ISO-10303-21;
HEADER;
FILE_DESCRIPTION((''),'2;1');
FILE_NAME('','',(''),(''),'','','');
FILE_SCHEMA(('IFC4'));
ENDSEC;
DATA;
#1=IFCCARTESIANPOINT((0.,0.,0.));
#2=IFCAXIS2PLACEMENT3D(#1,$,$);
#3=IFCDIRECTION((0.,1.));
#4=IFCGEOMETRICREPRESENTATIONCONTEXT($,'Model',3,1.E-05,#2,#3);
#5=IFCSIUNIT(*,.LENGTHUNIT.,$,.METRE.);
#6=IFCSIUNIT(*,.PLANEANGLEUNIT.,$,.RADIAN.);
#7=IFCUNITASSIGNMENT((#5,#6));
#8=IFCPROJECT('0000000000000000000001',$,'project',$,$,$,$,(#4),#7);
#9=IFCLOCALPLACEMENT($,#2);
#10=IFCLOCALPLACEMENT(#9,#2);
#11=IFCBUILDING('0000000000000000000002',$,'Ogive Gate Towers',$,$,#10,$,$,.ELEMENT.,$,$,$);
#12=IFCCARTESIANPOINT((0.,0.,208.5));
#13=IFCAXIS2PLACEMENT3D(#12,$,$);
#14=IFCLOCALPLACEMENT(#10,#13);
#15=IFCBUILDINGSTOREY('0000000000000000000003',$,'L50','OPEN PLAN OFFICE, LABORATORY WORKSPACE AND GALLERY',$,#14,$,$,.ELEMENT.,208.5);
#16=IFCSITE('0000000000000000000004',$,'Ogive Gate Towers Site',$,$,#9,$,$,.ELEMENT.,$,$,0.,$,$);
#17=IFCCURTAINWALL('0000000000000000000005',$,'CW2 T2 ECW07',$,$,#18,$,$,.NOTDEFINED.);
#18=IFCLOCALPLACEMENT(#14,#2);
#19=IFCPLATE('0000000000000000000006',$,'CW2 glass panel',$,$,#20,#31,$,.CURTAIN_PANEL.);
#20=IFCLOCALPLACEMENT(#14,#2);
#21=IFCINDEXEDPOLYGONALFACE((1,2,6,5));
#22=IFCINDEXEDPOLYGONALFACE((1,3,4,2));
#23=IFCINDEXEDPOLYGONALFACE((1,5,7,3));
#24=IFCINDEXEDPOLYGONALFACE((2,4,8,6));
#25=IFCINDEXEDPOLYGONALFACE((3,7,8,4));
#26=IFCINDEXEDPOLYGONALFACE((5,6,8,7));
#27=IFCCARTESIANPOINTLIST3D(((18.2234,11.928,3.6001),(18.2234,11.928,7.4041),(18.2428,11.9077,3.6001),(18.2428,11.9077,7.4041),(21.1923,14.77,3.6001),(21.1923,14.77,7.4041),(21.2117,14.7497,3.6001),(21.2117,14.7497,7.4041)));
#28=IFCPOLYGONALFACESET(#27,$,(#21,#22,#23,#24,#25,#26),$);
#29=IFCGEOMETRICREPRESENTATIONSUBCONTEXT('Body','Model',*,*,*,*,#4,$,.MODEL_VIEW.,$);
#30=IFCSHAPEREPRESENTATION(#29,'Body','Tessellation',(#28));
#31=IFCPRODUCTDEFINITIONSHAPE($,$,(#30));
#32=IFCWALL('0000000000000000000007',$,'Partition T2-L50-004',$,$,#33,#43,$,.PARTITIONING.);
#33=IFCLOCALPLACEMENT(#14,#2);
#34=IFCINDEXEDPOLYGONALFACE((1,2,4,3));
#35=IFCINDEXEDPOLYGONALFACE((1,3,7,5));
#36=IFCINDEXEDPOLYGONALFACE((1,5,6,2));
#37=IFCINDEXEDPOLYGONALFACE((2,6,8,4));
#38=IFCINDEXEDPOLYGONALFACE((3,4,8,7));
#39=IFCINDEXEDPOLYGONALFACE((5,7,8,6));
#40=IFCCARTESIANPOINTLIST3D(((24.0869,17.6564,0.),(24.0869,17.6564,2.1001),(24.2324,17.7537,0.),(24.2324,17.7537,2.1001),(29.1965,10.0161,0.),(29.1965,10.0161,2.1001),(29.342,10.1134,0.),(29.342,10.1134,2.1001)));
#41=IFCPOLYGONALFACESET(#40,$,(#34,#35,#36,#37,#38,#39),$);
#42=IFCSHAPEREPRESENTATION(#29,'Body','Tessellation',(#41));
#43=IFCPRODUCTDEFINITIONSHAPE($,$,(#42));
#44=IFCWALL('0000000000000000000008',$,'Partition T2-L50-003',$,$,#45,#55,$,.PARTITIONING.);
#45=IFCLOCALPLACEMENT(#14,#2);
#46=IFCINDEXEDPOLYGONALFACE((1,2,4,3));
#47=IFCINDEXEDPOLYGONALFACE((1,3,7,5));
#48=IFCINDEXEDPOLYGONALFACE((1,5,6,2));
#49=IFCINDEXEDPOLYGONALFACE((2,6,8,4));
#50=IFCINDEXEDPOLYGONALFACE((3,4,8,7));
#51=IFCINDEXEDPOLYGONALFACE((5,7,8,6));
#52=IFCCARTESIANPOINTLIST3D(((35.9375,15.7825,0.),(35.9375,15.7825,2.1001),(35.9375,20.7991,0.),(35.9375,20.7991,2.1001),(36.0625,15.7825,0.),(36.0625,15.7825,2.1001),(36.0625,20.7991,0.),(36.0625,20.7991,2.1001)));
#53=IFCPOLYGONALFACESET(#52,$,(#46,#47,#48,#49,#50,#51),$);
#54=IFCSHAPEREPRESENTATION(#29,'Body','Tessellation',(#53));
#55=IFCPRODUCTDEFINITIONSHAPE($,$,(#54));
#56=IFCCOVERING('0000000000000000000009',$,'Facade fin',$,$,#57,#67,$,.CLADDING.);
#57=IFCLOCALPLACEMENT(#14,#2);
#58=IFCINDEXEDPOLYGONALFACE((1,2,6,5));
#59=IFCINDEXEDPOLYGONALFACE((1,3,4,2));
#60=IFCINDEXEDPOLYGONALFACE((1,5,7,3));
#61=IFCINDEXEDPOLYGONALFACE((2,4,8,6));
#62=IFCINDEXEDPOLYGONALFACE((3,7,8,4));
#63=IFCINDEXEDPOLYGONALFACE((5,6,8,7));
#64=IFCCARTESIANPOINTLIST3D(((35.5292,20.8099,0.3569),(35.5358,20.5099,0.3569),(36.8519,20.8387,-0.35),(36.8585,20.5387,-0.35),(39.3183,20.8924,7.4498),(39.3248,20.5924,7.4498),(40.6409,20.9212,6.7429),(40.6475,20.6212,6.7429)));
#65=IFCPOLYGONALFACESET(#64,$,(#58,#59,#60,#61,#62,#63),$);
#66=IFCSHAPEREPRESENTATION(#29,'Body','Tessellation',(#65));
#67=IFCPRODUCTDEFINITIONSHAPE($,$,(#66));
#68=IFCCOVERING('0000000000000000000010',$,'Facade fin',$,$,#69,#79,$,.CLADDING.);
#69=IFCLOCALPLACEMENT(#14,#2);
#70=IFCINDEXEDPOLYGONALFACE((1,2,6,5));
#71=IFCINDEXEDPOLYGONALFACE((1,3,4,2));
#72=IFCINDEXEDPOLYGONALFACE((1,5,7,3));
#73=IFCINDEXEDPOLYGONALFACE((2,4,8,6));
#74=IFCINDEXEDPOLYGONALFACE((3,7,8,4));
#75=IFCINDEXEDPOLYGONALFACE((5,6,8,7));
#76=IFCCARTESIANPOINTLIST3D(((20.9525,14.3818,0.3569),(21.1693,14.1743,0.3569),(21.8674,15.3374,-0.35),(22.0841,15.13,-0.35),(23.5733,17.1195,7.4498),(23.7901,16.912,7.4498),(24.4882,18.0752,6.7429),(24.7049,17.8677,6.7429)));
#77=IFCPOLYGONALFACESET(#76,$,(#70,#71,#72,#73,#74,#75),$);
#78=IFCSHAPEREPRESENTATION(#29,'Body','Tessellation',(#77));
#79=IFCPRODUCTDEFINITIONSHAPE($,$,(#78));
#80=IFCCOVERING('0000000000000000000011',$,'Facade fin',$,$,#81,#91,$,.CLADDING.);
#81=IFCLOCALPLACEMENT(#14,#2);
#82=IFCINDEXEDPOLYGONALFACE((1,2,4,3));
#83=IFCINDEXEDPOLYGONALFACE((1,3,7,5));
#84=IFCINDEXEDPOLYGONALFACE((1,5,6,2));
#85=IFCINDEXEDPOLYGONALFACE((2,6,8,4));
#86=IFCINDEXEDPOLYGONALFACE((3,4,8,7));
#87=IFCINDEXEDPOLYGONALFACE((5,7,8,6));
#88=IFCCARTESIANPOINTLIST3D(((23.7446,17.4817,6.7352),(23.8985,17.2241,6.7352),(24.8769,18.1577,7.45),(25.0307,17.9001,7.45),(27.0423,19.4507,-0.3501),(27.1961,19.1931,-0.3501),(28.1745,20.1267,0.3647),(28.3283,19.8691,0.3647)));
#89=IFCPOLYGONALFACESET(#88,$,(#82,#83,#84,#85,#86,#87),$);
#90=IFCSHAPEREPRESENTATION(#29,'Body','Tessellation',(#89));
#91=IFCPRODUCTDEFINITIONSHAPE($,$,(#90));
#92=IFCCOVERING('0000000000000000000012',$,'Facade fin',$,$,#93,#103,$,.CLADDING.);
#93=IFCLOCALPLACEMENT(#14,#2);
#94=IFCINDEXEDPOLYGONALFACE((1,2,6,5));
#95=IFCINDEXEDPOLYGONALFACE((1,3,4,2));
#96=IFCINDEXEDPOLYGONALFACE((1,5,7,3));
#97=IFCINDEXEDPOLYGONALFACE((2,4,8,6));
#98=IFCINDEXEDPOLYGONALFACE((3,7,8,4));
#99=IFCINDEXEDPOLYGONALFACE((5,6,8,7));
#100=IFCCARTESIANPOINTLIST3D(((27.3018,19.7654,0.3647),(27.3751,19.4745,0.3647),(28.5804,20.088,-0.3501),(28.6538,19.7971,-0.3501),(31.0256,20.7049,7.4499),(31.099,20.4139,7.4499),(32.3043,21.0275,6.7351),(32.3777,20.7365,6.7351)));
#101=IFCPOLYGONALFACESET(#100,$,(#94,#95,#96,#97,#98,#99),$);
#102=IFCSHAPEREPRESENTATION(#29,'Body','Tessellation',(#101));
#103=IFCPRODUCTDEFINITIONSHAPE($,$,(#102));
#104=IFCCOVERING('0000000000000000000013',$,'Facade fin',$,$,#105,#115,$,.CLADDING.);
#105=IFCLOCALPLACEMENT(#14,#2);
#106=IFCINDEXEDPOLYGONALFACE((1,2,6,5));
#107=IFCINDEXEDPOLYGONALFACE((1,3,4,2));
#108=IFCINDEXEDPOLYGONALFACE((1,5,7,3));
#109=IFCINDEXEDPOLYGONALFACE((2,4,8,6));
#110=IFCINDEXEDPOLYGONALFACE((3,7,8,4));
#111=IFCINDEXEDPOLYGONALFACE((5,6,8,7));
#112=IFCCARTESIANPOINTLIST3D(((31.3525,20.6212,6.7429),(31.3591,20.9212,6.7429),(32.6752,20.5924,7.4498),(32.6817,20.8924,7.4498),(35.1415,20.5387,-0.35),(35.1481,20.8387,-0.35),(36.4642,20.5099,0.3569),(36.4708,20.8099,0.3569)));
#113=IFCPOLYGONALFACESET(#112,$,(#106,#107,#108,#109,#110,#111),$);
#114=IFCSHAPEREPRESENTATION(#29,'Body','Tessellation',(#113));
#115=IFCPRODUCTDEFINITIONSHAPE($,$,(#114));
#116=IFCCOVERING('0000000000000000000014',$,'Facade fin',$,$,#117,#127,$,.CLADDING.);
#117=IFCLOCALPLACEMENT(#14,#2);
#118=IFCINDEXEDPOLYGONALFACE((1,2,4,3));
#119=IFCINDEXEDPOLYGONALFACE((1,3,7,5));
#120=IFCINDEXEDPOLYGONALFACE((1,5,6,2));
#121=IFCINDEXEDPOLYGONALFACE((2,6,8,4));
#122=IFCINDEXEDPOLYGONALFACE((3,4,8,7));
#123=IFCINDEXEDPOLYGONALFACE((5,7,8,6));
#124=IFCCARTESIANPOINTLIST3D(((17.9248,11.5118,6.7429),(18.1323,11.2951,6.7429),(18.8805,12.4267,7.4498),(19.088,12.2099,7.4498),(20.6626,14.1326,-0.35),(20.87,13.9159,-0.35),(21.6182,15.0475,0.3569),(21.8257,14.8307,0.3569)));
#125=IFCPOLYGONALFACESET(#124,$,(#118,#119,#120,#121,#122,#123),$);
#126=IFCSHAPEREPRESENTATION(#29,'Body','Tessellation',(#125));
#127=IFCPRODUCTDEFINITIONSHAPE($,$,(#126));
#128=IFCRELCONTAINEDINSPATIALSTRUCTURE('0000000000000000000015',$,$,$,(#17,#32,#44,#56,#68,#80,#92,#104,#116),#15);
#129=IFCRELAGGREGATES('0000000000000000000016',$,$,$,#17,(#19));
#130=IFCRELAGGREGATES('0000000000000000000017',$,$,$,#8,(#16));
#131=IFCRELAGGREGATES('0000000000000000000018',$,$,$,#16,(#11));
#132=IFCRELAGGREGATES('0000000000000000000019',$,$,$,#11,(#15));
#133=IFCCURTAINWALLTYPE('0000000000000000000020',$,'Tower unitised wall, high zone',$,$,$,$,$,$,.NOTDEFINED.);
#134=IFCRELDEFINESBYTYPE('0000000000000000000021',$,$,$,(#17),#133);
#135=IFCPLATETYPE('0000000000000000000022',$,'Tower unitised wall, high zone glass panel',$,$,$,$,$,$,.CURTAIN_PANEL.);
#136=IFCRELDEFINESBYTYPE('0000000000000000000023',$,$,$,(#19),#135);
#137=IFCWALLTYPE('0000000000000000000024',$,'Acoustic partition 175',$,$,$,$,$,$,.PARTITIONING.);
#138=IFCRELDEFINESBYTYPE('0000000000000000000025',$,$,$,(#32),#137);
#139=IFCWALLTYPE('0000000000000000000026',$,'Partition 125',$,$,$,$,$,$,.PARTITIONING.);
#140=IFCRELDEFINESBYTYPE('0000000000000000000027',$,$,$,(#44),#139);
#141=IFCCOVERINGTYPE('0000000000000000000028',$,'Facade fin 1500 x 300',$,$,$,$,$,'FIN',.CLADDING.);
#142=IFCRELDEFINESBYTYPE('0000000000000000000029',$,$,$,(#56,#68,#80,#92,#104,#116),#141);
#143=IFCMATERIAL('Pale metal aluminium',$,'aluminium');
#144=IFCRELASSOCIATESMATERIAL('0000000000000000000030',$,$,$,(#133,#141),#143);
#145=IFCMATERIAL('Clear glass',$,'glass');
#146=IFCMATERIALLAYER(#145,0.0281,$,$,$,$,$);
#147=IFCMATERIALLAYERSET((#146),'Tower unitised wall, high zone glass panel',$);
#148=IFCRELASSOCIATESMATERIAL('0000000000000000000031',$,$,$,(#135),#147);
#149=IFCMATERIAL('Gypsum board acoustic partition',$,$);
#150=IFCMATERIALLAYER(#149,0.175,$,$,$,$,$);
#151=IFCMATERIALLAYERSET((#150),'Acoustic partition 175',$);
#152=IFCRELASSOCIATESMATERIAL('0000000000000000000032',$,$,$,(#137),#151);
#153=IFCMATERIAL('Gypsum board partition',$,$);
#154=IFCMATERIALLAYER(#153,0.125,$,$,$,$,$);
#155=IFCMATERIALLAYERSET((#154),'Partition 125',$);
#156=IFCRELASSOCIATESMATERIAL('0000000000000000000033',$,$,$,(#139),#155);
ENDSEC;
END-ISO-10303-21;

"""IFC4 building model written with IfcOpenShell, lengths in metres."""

from ifc_helpers import new_model, si_unit, direction, frame, frame_2d, origin, origin_2d, place, context, subcontext, project, spatial, rectangle, extrude, material, layer, layer_set, material_profile, profile_set, type_object, element, aggregate, save


model = new_model("IFC4")

# Units and contexts
model_context = context("Model", 3, precision=1e-05, world=origin(), true_north=direction((0.0, 1.0)))
body_context = subcontext(model_context, "Body", "Model", "MODEL_VIEW")
ifc_project = project(units=[si_unit("LENGTHUNIT", "METRE"), si_unit("PLANEANGLEUNIT", "RADIAN")], contexts=[model_context])

# Site, building, storey
site_placement = place(None, origin())
site = spatial("IfcSite", under=ifc_project, at=site_placement, Name="Ogive Gate Towers Site", CompositionType="ELEMENT", RefElevation=0.0)
building_placement = place(site_placement, origin())
building = spatial("IfcBuilding", under=site, at=building_placement, Name="Ogive Gate Towers", CompositionType="ELEMENT")
storey_placement = place(building_placement, frame((0.0, 0.0, 208.5)))
storey = spatial("IfcBuildingStorey", under=building, at=storey_placement, Name="L50", Description="OPEN PLAN OFFICE, LABORATORY WORKSPACE AND GALLERY", CompositionType="ELEMENT", Elevation=208.5)

# Shared definitions
ifc_material_1 = material(Name="Pale metal aluminium", Category="aluminium")
curtain_wall_type = type_object("IfcCurtainWallType", Name="Tower unitised wall, high zone", PredefinedType="NOTDEFINED", material=ifc_material_1)

# Curtain wall
curtain_wall_1_placement = place(storey_placement, origin())
curtain_wall_1 = element("IfcCurtainWall", 1, at=curtain_wall_1_placement, inside=storey, type_object=curtain_wall_type, Name="CW2 T2 ECW07", PredefinedType="NOTDEFINED")

# Plate
ifc_material_2 = material(Name="Clear glass", Category="glass")
ifc_layer_1 = layer(ifc_material_2, 0.0281)
ifc_layer_set_1 = layer_set([ifc_layer_1], Name="Tower unitised wall, high zone glass panel")
plate_type = type_object("IfcPlateType", Name="Tower unitised wall, high zone glass panel", PredefinedType="CURTAIN_PANEL", material=ifc_layer_set_1)
plate_1_placement = place(storey_placement, frame((19.7175, 13.3389, 3.6001), z_axis=(0.0, 0.0, 1.0), x_axis=(0.722376, 0.6915, 0.0)))
plate_1 = element("IfcPlate", 2, at=plate_1_placement, type_object=plate_type, Name="CW2 glass panel", PredefinedType="CURTAIN_PANEL", context=body_context, shape_type="SweptSolid", body=[
    extrude(rectangle(XDim=4.1099, YDim=0.0281, at=origin_2d()), origin(), (0.0, 0.0, 1.0), 3.804),
])
aggregate(curtain_wall_1, [plate_1])

# Walls
ifc_material_3 = material(Name="Gypsum board acoustic partition")
ifc_layer_2 = layer(ifc_material_3, 0.175)
ifc_layer_set_2 = layer_set([ifc_layer_2], Name="Acoustic partition 175")
wall_type_1 = type_object("IfcWallType", Name="Acoustic partition 175", PredefinedType="PARTITIONING", material=ifc_layer_set_2)
wall_1_placement = place(storey_placement, frame((24.1597, 17.7051, 0.0), z_axis=(0.0, 0.0, 1.0), x_axis=(0.555907, -0.831244, 0.0)))
element("IfcWall", 3, at=wall_1_placement, inside=storey, type_object=wall_type_1, Name="Partition T2-L50-004", PredefinedType="PARTITIONING", context=body_context, shape_type="SweptSolid", body=[
    extrude(rectangle(XDim=9.1914, YDim=0.175, at=frame_2d((4.5957, 0.0))), origin(), (0.0, 0.0, 1.0), 2.1001),
])
ifc_material_4 = material(Name="Gypsum board partition")
ifc_layer_3 = layer(ifc_material_4, 0.125)
ifc_layer_set_3 = layer_set([ifc_layer_3], Name="Partition 125")
wall_type_2 = type_object("IfcWallType", Name="Partition 125", PredefinedType="PARTITIONING", material=ifc_layer_set_3)
wall_2_placement = place(storey_placement, frame((36.0, 20.7991, 0.0), z_axis=(0.0, 0.0, 1.0), x_axis=(0.0, -1.0, 0.0)))
element("IfcWall", 4, at=wall_2_placement, inside=storey, type_object=wall_type_2, Name="Partition T2-L50-003", PredefinedType="PARTITIONING", context=body_context, shape_type="SweptSolid", body=[
    extrude(rectangle(XDim=5.0166, YDim=0.125, at=frame_2d((2.5083, 0.0))), origin(), (0.0, 0.0, 1.0), 2.1001),
])

# Coverings
ifc_material_profile_1 = material_profile(ifc_material_1, rectangle(XDim=0.3, YDim=1.5, at=origin_2d()), Name="1500 x 300 pale metal aluminium")
ifc_profile_set_1 = profile_set([ifc_material_profile_1], Name="Pale metal aluminium")
covering_type = type_object("IfcCoveringType", Name="Facade fin 1500 x 300", ElementType="FIN", PredefinedType="CLADDING", material=ifc_profile_set_1)
for number, where, z_axis, x_axis, name in (
    (5, (36.1938, 20.6743, 0.0034), (0.471156, 0.010261, 0.88199), (-0.021773, 0.999763, 0.0), "Facade fin"),
    (6, (21.5183, 14.7559, 0.0034), (0.325891, 0.340433, 0.881987), (-0.722366, 0.691511, 0.0), "Facade fin"),
):
    element("IfcCovering", number, at=place(storey_placement, frame(where, z_axis=z_axis, x_axis=x_axis)), inside=storey, type_object=covering_type, Name=name, PredefinedType="CLADDING", context=body_context, shape_type="SweptSolid", body=[
        extrude(rectangle(XDim=0.3, YDim=1.5, at=origin_2d()), origin(), (0.0, 0.0, 1.0), 8.042),
    ])
covering_1_placement = place(storey_placement, frame((27.6853, 19.6599, 0.0073), z_axis=(-0.409171, -0.244315, 0.879141), x_axis=(0.512662, -0.85859, 0.0)))
element("IfcCovering", 7, at=covering_1_placement, inside=storey, type_object=covering_type, Name="Facade fin", PredefinedType="CLADDING", context=body_context, shape_type="SweptSolid", body=[
    extrude(rectangle(XDim=0.3, YDim=1.5, at=origin_2d()), origin(), (0.0, 0.0, 1.0), 8.0593),
])
covering_2_placement = place(storey_placement, frame((27.9778, 19.7812, 0.0073), z_axis=(0.462068, 0.11657, 0.87915), x_axis=(-0.244614, 0.969621, 0.0)))
element("IfcCovering", 8, at=covering_2_placement, inside=storey, type_object=covering_type, Name="Facade fin", PredefinedType="CLADDING", context=body_context, shape_type="SweptSolid", body=[
    extrude(rectangle(XDim=0.3, YDim=1.5, at=origin_2d()), origin(), (0.0, 0.0, 1.0), 8.0591),
])
for number, where, z_axis, x_axis, name in (
    (9, (35.8062, 20.6743, 0.0034), (-0.471156, 0.010261, 0.88199), (-0.021773, -0.999763, 0.0), "Facade fin"),
    (10, (21.2441, 14.4817, 0.0034), (-0.340433, -0.325891, 0.881987), (0.691511, -0.722366, 0.0), "Facade fin"),
):
    element("IfcCovering", number, at=place(storey_placement, frame(where, z_axis=z_axis, x_axis=x_axis)), inside=storey, type_object=covering_type, Name=name, PredefinedType="CLADDING", context=body_context, shape_type="SweptSolid", body=[
        extrude(rectangle(XDim=0.3, YDim=1.5, at=origin_2d()), origin(), (0.0, 0.0, 1.0), 8.042),
    ])

save(model, "model.ifc")
